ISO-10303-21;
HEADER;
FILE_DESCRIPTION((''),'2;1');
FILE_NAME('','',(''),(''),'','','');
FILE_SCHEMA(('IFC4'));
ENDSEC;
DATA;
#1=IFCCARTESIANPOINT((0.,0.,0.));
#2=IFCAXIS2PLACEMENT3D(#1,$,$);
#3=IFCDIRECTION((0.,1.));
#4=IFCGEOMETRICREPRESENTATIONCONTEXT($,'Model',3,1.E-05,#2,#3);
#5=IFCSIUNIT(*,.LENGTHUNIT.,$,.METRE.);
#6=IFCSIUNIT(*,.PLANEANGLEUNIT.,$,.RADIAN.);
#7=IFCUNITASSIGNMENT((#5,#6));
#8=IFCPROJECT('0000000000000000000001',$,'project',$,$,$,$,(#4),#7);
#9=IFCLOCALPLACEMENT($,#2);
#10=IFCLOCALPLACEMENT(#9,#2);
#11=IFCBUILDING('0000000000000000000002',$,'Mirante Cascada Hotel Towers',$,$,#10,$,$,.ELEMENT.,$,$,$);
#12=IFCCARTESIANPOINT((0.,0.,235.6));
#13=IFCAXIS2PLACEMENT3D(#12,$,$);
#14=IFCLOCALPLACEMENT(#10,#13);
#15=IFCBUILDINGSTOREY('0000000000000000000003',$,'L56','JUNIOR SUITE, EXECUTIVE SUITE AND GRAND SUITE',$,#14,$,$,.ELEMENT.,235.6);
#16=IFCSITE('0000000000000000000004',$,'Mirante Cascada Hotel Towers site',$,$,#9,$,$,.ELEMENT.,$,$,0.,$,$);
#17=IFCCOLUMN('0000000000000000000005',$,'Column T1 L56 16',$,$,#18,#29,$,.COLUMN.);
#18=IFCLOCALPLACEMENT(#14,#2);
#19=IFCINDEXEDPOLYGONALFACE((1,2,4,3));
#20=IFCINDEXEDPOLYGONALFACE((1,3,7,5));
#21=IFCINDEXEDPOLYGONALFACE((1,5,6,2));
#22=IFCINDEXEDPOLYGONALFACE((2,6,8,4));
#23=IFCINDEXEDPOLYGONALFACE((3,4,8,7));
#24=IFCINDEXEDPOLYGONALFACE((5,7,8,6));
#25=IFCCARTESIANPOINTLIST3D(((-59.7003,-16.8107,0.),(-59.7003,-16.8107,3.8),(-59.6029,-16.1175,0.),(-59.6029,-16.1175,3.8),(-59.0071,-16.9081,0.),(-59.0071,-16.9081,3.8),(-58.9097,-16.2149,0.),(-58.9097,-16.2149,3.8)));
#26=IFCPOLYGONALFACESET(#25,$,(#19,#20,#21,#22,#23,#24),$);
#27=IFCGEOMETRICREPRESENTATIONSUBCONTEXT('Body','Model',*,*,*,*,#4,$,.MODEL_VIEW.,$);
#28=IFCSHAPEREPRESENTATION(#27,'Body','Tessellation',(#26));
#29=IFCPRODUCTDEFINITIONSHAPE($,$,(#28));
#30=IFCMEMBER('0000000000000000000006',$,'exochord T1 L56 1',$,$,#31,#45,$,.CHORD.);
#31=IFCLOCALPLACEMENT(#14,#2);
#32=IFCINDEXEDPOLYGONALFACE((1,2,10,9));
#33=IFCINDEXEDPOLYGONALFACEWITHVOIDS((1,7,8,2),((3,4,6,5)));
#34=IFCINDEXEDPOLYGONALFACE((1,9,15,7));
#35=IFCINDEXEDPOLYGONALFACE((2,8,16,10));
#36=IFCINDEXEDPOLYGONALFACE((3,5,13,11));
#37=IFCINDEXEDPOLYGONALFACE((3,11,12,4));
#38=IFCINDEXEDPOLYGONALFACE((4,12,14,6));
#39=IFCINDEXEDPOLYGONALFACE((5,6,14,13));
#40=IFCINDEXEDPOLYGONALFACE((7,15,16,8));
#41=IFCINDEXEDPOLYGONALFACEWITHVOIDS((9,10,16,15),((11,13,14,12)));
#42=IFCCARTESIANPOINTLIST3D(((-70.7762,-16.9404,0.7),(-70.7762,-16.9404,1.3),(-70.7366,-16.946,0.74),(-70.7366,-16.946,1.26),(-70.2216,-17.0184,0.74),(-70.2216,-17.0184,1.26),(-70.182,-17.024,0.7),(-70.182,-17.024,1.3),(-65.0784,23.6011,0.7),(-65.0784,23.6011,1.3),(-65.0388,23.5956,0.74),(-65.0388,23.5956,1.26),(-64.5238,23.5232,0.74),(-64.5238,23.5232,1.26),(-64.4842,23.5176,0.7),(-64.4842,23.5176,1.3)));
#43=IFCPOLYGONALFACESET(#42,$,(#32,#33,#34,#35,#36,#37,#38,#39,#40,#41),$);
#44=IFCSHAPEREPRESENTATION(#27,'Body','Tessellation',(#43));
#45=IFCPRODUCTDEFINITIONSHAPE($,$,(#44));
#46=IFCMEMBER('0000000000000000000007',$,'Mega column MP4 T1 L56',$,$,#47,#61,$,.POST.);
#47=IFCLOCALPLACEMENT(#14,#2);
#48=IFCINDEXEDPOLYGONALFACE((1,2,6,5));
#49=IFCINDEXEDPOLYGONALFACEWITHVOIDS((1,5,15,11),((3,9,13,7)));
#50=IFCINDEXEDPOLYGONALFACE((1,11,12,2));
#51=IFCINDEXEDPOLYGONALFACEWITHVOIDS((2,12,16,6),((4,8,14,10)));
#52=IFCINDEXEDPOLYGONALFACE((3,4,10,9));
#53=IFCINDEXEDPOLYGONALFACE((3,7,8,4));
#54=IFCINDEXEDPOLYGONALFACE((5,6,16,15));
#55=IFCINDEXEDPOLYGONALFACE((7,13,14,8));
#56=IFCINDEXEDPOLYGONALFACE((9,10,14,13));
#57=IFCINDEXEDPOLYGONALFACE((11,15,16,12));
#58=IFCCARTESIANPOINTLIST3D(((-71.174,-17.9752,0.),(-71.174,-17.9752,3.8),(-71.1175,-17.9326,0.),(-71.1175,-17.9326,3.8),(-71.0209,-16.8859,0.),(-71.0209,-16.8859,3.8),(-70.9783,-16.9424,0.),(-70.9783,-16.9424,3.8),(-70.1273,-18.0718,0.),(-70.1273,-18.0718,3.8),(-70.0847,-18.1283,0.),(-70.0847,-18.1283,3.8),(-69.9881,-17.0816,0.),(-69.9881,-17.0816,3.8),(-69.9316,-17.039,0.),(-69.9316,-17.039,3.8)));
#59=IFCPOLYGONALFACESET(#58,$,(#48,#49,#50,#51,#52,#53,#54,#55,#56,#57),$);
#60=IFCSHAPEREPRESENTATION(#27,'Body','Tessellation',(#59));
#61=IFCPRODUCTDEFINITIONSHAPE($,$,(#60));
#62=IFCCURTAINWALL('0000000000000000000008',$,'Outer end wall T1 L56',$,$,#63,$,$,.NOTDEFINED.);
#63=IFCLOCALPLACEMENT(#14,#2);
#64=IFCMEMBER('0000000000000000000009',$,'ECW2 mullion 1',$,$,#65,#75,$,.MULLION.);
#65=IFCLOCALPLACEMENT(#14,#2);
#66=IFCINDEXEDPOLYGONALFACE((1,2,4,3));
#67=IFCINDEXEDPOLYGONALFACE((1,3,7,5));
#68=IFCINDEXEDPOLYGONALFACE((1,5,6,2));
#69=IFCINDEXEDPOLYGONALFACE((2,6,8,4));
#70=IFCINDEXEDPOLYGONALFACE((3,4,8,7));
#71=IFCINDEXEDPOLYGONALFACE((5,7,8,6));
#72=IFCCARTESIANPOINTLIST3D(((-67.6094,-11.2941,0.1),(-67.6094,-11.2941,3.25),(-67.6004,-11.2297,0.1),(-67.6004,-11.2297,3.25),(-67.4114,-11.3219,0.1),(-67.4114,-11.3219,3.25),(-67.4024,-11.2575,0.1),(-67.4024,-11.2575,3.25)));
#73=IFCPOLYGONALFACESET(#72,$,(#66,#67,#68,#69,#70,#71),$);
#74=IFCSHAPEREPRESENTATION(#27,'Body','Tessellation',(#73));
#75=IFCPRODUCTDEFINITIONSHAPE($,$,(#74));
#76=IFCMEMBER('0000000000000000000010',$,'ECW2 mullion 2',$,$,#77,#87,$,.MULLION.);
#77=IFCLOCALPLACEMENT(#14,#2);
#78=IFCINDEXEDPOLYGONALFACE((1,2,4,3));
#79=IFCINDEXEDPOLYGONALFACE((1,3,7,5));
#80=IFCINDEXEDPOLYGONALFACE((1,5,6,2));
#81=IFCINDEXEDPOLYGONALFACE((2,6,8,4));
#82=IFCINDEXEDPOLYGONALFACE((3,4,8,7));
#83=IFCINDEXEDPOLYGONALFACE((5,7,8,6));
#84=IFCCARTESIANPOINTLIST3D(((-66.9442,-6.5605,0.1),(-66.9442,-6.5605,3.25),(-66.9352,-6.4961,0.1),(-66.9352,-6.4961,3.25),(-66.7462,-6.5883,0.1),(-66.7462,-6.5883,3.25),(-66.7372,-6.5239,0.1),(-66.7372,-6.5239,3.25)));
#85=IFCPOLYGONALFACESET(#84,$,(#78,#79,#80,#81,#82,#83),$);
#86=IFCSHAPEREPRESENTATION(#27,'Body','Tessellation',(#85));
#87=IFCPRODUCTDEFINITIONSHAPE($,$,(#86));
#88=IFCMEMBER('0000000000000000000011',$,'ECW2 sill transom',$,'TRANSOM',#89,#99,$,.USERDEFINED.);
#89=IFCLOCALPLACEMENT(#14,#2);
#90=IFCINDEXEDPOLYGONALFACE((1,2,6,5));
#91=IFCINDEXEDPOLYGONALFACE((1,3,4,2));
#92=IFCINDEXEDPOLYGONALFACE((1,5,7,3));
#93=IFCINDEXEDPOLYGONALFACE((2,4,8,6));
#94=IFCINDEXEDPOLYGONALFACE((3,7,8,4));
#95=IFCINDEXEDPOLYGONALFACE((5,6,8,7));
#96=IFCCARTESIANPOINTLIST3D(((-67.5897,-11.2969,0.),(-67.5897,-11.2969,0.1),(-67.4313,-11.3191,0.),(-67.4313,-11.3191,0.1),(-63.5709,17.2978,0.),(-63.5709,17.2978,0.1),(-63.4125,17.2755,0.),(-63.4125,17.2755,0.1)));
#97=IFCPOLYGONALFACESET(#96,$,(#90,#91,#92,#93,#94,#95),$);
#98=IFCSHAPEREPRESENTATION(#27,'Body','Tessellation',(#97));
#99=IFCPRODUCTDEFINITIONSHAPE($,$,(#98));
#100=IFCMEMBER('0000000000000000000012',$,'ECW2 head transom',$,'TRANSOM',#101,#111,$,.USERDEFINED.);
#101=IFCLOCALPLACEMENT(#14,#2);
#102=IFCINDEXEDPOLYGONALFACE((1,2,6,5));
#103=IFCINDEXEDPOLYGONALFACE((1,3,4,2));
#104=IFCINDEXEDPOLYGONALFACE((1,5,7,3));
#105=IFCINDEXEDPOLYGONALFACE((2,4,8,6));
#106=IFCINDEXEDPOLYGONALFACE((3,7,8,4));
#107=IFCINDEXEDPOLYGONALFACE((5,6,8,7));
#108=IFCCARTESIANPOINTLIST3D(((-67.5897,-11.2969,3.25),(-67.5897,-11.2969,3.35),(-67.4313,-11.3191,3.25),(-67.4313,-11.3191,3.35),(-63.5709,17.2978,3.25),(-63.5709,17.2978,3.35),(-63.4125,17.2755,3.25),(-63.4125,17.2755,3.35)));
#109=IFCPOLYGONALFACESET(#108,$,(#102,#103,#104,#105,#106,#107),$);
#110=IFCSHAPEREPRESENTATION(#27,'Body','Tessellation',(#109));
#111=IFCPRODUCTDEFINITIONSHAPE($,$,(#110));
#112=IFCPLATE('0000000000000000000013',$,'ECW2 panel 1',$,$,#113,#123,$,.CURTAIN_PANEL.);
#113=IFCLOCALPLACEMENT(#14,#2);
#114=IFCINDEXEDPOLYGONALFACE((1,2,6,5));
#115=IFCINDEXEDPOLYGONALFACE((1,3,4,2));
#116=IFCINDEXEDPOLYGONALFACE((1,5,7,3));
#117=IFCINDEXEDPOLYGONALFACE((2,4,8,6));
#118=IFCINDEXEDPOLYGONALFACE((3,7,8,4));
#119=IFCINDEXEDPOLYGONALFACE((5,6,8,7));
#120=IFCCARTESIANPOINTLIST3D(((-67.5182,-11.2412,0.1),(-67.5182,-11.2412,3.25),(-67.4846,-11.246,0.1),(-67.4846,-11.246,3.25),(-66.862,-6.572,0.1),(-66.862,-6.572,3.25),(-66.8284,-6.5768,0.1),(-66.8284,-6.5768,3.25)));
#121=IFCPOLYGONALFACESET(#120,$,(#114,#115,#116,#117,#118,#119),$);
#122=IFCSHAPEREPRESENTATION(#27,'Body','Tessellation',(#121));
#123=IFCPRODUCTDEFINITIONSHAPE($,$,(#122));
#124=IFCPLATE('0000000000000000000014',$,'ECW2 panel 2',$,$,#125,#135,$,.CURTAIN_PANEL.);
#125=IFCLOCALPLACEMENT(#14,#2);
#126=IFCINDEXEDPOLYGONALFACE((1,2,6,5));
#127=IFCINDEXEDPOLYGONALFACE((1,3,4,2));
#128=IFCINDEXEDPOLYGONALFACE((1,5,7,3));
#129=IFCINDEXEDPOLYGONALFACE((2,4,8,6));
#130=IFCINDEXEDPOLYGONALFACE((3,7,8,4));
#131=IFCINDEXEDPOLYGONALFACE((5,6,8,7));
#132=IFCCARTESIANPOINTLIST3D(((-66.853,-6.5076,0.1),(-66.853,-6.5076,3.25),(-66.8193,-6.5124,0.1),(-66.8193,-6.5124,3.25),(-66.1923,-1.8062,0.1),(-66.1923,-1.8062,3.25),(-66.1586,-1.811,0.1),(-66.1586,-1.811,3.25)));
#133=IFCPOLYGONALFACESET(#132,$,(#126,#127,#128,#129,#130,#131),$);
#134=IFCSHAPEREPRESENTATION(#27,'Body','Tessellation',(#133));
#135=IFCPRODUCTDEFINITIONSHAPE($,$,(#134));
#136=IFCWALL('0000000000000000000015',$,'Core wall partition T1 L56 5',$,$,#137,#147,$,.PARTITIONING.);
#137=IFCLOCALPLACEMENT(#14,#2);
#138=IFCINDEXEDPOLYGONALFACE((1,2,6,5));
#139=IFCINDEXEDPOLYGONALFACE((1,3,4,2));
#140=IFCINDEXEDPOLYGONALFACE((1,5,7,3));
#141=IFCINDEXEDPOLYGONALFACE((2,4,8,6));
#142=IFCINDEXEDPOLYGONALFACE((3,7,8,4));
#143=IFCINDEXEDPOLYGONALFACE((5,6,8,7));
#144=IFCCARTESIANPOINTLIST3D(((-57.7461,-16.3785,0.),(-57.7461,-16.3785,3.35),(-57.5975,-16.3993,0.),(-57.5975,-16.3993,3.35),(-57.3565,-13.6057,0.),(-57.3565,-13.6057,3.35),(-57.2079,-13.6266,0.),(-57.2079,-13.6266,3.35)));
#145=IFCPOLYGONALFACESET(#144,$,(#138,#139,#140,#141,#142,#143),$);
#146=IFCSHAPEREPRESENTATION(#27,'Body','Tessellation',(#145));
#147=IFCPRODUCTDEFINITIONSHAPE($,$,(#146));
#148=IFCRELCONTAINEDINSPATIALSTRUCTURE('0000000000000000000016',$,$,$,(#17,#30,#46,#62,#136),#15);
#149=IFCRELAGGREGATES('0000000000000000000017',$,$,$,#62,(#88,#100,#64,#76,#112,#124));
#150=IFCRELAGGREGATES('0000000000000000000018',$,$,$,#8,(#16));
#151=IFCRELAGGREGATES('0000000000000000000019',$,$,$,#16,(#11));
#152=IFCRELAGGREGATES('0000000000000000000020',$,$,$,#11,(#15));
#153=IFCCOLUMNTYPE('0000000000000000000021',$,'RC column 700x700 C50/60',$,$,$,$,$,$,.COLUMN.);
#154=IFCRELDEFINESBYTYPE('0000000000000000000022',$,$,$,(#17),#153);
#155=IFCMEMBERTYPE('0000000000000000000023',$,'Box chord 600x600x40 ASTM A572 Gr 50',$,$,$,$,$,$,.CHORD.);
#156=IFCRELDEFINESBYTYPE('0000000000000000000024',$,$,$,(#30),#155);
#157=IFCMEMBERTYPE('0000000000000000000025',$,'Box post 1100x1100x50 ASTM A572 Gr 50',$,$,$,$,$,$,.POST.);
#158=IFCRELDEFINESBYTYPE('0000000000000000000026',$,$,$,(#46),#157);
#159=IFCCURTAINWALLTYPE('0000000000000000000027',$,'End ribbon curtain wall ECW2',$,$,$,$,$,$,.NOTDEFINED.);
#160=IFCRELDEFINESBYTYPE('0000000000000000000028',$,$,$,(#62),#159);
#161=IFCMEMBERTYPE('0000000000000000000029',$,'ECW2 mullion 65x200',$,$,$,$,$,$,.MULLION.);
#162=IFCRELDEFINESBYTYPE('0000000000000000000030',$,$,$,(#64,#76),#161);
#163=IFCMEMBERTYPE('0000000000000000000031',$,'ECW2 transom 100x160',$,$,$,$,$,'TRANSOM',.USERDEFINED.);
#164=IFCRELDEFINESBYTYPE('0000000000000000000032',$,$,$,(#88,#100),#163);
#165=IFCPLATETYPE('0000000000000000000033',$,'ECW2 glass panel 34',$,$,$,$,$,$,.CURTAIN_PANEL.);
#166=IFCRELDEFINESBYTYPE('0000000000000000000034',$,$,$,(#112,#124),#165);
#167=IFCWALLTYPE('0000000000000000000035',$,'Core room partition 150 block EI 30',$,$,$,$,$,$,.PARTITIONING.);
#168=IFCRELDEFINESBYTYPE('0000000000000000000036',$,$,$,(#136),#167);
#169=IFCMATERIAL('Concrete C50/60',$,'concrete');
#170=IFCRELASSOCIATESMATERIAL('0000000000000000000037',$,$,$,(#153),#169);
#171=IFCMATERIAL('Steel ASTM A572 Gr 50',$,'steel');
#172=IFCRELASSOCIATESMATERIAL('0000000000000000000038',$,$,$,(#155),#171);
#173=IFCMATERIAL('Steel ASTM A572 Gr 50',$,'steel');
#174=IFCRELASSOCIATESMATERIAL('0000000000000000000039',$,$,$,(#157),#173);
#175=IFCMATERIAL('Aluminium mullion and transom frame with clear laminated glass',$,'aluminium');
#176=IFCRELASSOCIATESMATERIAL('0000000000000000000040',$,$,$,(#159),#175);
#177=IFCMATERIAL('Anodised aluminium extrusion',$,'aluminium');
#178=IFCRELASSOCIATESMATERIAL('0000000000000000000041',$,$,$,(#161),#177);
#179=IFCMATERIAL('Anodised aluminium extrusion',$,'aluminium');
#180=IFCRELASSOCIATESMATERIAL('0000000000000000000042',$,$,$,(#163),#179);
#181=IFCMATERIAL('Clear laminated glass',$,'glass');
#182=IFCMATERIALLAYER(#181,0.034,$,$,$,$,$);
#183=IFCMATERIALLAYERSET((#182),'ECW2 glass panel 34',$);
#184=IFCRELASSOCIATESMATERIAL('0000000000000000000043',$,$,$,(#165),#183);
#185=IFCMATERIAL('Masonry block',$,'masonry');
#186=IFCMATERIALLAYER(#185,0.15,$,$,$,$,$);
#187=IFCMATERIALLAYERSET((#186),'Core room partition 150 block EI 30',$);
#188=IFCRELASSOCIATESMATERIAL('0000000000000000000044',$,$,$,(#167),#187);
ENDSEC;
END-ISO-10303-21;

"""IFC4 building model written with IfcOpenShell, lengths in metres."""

from ifc_helpers import new_model, si_unit, direction, frame, frame_2d, origin, origin_2d, place, context, subcontext, project, spatial, rectangle, hollow_rectangle, extrude, material, layer, layer_set, material_profile, profile_set, type_object, element, aggregate, save


model = new_model("IFC4")

# Units and contexts
model_context = context("Model", 3, precision=1e-05, world=origin(), true_north=direction((0.0, 1.0)))
body_context = subcontext(model_context, "Body", "Model", "MODEL_VIEW")
ifc_project = project(units=[si_unit("LENGTHUNIT", "METRE"), si_unit("PLANEANGLEUNIT", "RADIAN")], contexts=[model_context])

# Site, building, storey
site_placement = place(None, origin())
site = spatial("IfcSite", under=ifc_project, at=site_placement, Name="Mirante Cascada Hotel Towers site", CompositionType="ELEMENT", RefElevation=0.0)
building_placement = place(site_placement, origin())
building = spatial("IfcBuilding", under=site, at=building_placement, Name="Mirante Cascada Hotel Towers", CompositionType="ELEMENT")
storey_placement = place(building_placement, frame((0.0, 0.0, 235.6)))
storey = spatial("IfcBuildingStorey", under=building, at=storey_placement, Name="L56", Description="JUNIOR SUITE, EXECUTIVE SUITE AND GRAND SUITE", CompositionType="ELEMENT", Elevation=235.6)

# Column
ifc_material_1 = material(Name="Concrete C50/60", Category="concrete")
ifc_material_profile_1 = material_profile(ifc_material_1, rectangle(XDim=0.7, YDim=0.7, at=origin_2d()), Name="RC column 700x700 C50/60")
ifc_profile_set_1 = profile_set([ifc_material_profile_1], Name="Concrete C50/60")
column_type = type_object("IfcColumnType", Name="RC column 700x700 C50/60", PredefinedType="COLUMN", material=ifc_profile_set_1)
column_placement = place(storey_placement, frame((-59.305, -16.5128, 0.0), z_axis=(0.0, 0.0, 1.0), x_axis=(-0.990268, 0.139173, 0.0)))
element("IfcColumn", 1, at=column_placement, inside=storey, type_object=column_type, Name="Column T1 L56 16", PredefinedType="COLUMN", context=body_context, shape_type="SweptSolid", body=[
    extrude(rectangle(XDim=0.7, YDim=0.7, at=origin_2d()), origin(), (0.0, 0.0, 1.0), 3.8),
])

# Members
ifc_material_2 = material(Name="Steel ASTM A572 Gr 50", Category="steel")
ifc_material_profile_2 = material_profile(ifc_material_2, hollow_rectangle(XDim=0.6, YDim=0.6, WallThickness=0.04, at=origin_2d()), Name="Box chord 600x600x40 ASTM A572 Gr 50")
ifc_profile_set_2 = profile_set([ifc_material_profile_2], Name="Steel ASTM A572 Gr 50")
member_type_1 = type_object("IfcMemberType", Name="Box chord 600x600x40 ASTM A572 Gr 50", PredefinedType="CHORD", material=ifc_profile_set_2)
member_1_placement = place(storey_placement, frame((-70.4791, -16.9822, 1.0), z_axis=(0.139174, 0.990268, 0.0), x_axis=(-0.990268, 0.139174, 0.0)))
element("IfcMember", 2, at=member_1_placement, inside=storey, type_object=member_type_1, Name="exochord T1 L56 1", PredefinedType="CHORD", context=body_context, shape_type="SweptSolid", body=[
    extrude(hollow_rectangle(XDim=0.6, YDim=0.6, WallThickness=0.04, at=origin_2d()), origin(), (0.0, 0.0, 1.0), 40.94),
])
ifc_material_3 = material(Name="Steel ASTM A572 Gr 50", Category="steel")
ifc_material_profile_3 = material_profile(ifc_material_3, hollow_rectangle(XDim=1.1, YDim=1.1, WallThickness=0.05, at=origin_2d()), Name="Box post 1100x1100x50 ASTM A572 Gr 50")
ifc_profile_set_3 = profile_set([ifc_material_profile_3], Name="Steel ASTM A572 Gr 50")
member_type_2 = type_object("IfcMemberType", Name="Box post 1100x1100x50 ASTM A572 Gr 50", PredefinedType="POST", material=ifc_profile_set_3)
member_2_placement = place(storey_placement, frame((-70.5528, -17.5071, 0.0), z_axis=(0.0, 0.0, 1.0), x_axis=(-0.990268, 0.139173, 0.0)))
element("IfcMember", 3, at=member_2_placement, inside=storey, type_object=member_type_2, Name="Mega column MP4 T1 L56", PredefinedType="POST", context=body_context, shape_type="SweptSolid", body=[
    extrude(hollow_rectangle(XDim=1.1, YDim=1.1, WallThickness=0.05, at=origin_2d()), origin(), (0.0, 0.0, 1.0), 3.8),
])

# Curtain wall, members, plates
ifc_material_4 = material(Name="Aluminium mullion and transom frame with clear laminated glass", Category="aluminium")
curtain_wall_type = type_object("IfcCurtainWallType", Name="End ribbon curtain wall ECW2", PredefinedType="NOTDEFINED", material=ifc_material_4)
curtain_wall_placement = place(storey_placement, origin())
curtain_wall = element("IfcCurtainWall", 4, at=curtain_wall_placement, inside=storey, type_object=curtain_wall_type, Name="Outer end wall T1 L56", PredefinedType="NOTDEFINED")
ifc_material_5 = material(Name="Anodised aluminium extrusion", Category="aluminium")
ifc_material_profile_4 = material_profile(ifc_material_5, rectangle(XDim=0.2, YDim=0.065, at=origin_2d()), Name="ECW2 MULLION 65x200")
ifc_profile_set_4 = profile_set([ifc_material_profile_4], Name="Anodised aluminium extrusion")
member_type_3 = type_object("IfcMemberType", Name="ECW2 mullion 65x200", PredefinedType="MULLION", material=ifc_profile_set_4)
member_3_placement = place(storey_placement, frame((-67.5059, -11.2758, 0.1), z_axis=(0.0, 0.0, 1.0), x_axis=(-0.990268, 0.139173, 0.0)))
member_3 = element("IfcMember", 5, at=member_3_placement, type_object=member_type_3, Name="ECW2 mullion 1", PredefinedType="MULLION", context=body_context, shape_type="SweptSolid", body=[
    extrude(rectangle(XDim=0.2, YDim=0.065, at=origin_2d()), origin(), (0.0, 0.0, 1.0), 3.15),
])
member_4_placement = place(storey_placement, frame((-66.8407, -6.5422, 0.1), z_axis=(0.0, 0.0, 1.0), x_axis=(-0.990268, 0.139173, 0.0)))
member_4 = element("IfcMember", 6, at=member_4_placement, type_object=member_type_3, Name="ECW2 mullion 2", PredefinedType="MULLION", context=body_context, shape_type="SweptSolid", body=[
    extrude(rectangle(XDim=0.2, YDim=0.065, at=origin_2d()), origin(), (0.0, 0.0, 1.0), 3.15),
])
ifc_material_6 = material(Name="Anodised aluminium extrusion", Category="aluminium")
ifc_material_profile_5 = material_profile(ifc_material_6, rectangle(XDim=0.16, YDim=0.1, at=origin_2d()), Name="ECW2 TRANSOM 100x160")
ifc_profile_set_5 = profile_set([ifc_material_profile_5], Name="Anodised aluminium extrusion")
member_type_4 = type_object("IfcMemberType", Name="ECW2 transom 100x160", ElementType="TRANSOM", PredefinedType="USERDEFINED", material=ifc_profile_set_5)
member_5_placement = place(storey_placement, frame((-67.5105, -11.308, 0.05), z_axis=(0.139176, 0.990268, 0.0), x_axis=(-0.990268, 0.139176, 0.0)))
member_5 = element("IfcMember", 7, at=member_5_placement, type_object=member_type_4, Name="ECW2 sill transom", ObjectType="TRANSOM", PredefinedType="USERDEFINED", context=body_context, shape_type="SweptSolid", body=[
    extrude(rectangle(XDim=0.16, YDim=0.1, at=origin_2d()), origin(), (0.0, 0.0, 1.0), 28.8757),
])
member_6_placement = place(storey_placement, frame((-67.5105, -11.308, 3.3), z_axis=(0.139176, 0.990268, 0.0), x_axis=(-0.990268, 0.139176, 0.0)))
member_6 = element("IfcMember", 8, at=member_6_placement, type_object=member_type_4, Name="ECW2 head transom", ObjectType="TRANSOM", PredefinedType="USERDEFINED", context=body_context, shape_type="SweptSolid", body=[
    extrude(rectangle(XDim=0.16, YDim=0.1, at=origin_2d()), origin(), (0.0, 0.0, 1.0), 28.8757),
])
ifc_material_7 = material(Name="Clear laminated glass", Category="glass")
ifc_layer_1 = layer(ifc_material_7, 0.034)
ifc_layer_set_1 = layer_set([ifc_layer_1], Name="ECW2 glass panel 34")
plate_type = type_object("IfcPlateType", Name="ECW2 glass panel 34", PredefinedType="CURTAIN_PANEL", material=ifc_layer_set_1)
plate_1_placement = place(storey_placement, frame((-67.1733, -8.909, 0.1), z_axis=(0.0, 0.0, 1.0), x_axis=(0.139173, 0.990268, 0.0)))
plate_1 = element("IfcPlate", 9, at=plate_1_placement, type_object=plate_type, Name="ECW2 panel 1", PredefinedType="CURTAIN_PANEL", context=body_context, shape_type="SweptSolid", body=[
    extrude(rectangle(XDim=4.7151, YDim=0.034, at=origin_2d()), origin(), (0.0, 0.0, 1.0), 3.15),
])
plate_2_placement = place(storey_placement, frame((-66.5058, -4.1593, 0.1), z_axis=(0.0, 0.0, 1.0), x_axis=(0.139173, 0.990268, 0.0)))
plate_2 = element("IfcPlate", 10, at=plate_2_placement, type_object=plate_type, Name="ECW2 panel 2", PredefinedType="CURTAIN_PANEL", context=body_context, shape_type="SweptSolid", body=[
    extrude(rectangle(XDim=4.7476, YDim=0.034, at=origin_2d()), origin(), (0.0, 0.0, 1.0), 3.15),
])
aggregate(curtain_wall, [member_5, member_6, member_3, member_4, plate_1, plate_2])

# Wall
ifc_material_8 = material(Name="Masonry block", Category="masonry")
ifc_layer_2 = layer(ifc_material_8, 0.15)
ifc_layer_set_2 = layer_set([ifc_layer_2], Name="Core room partition 150 block EI 30")
wall_type_1 = type_object("IfcWallType", Name="Core room partition 150 block EI 30", PredefinedType="PARTITIONING", material=ifc_layer_set_2)
wall_1_placement = place(storey_placement, frame((-57.6718, -16.3889, 0.0), z_axis=(0.0, 0.0, 1.0), x_axis=(0.139141, 0.990273, 0.0)))
element("IfcWall", 11, at=wall_1_placement, inside=storey, type_object=wall_type_1, Name="Core wall partition T1 L56 5", PredefinedType="PARTITIONING", context=body_context, shape_type="SweptSolid", body=[
    extrude(rectangle(XDim=2.8, YDim=0.15, at=frame_2d((1.4, 0.0))), origin(), (0.0, 0.0, 1.0), 3.35),
])

save(model, "model.ifc")
